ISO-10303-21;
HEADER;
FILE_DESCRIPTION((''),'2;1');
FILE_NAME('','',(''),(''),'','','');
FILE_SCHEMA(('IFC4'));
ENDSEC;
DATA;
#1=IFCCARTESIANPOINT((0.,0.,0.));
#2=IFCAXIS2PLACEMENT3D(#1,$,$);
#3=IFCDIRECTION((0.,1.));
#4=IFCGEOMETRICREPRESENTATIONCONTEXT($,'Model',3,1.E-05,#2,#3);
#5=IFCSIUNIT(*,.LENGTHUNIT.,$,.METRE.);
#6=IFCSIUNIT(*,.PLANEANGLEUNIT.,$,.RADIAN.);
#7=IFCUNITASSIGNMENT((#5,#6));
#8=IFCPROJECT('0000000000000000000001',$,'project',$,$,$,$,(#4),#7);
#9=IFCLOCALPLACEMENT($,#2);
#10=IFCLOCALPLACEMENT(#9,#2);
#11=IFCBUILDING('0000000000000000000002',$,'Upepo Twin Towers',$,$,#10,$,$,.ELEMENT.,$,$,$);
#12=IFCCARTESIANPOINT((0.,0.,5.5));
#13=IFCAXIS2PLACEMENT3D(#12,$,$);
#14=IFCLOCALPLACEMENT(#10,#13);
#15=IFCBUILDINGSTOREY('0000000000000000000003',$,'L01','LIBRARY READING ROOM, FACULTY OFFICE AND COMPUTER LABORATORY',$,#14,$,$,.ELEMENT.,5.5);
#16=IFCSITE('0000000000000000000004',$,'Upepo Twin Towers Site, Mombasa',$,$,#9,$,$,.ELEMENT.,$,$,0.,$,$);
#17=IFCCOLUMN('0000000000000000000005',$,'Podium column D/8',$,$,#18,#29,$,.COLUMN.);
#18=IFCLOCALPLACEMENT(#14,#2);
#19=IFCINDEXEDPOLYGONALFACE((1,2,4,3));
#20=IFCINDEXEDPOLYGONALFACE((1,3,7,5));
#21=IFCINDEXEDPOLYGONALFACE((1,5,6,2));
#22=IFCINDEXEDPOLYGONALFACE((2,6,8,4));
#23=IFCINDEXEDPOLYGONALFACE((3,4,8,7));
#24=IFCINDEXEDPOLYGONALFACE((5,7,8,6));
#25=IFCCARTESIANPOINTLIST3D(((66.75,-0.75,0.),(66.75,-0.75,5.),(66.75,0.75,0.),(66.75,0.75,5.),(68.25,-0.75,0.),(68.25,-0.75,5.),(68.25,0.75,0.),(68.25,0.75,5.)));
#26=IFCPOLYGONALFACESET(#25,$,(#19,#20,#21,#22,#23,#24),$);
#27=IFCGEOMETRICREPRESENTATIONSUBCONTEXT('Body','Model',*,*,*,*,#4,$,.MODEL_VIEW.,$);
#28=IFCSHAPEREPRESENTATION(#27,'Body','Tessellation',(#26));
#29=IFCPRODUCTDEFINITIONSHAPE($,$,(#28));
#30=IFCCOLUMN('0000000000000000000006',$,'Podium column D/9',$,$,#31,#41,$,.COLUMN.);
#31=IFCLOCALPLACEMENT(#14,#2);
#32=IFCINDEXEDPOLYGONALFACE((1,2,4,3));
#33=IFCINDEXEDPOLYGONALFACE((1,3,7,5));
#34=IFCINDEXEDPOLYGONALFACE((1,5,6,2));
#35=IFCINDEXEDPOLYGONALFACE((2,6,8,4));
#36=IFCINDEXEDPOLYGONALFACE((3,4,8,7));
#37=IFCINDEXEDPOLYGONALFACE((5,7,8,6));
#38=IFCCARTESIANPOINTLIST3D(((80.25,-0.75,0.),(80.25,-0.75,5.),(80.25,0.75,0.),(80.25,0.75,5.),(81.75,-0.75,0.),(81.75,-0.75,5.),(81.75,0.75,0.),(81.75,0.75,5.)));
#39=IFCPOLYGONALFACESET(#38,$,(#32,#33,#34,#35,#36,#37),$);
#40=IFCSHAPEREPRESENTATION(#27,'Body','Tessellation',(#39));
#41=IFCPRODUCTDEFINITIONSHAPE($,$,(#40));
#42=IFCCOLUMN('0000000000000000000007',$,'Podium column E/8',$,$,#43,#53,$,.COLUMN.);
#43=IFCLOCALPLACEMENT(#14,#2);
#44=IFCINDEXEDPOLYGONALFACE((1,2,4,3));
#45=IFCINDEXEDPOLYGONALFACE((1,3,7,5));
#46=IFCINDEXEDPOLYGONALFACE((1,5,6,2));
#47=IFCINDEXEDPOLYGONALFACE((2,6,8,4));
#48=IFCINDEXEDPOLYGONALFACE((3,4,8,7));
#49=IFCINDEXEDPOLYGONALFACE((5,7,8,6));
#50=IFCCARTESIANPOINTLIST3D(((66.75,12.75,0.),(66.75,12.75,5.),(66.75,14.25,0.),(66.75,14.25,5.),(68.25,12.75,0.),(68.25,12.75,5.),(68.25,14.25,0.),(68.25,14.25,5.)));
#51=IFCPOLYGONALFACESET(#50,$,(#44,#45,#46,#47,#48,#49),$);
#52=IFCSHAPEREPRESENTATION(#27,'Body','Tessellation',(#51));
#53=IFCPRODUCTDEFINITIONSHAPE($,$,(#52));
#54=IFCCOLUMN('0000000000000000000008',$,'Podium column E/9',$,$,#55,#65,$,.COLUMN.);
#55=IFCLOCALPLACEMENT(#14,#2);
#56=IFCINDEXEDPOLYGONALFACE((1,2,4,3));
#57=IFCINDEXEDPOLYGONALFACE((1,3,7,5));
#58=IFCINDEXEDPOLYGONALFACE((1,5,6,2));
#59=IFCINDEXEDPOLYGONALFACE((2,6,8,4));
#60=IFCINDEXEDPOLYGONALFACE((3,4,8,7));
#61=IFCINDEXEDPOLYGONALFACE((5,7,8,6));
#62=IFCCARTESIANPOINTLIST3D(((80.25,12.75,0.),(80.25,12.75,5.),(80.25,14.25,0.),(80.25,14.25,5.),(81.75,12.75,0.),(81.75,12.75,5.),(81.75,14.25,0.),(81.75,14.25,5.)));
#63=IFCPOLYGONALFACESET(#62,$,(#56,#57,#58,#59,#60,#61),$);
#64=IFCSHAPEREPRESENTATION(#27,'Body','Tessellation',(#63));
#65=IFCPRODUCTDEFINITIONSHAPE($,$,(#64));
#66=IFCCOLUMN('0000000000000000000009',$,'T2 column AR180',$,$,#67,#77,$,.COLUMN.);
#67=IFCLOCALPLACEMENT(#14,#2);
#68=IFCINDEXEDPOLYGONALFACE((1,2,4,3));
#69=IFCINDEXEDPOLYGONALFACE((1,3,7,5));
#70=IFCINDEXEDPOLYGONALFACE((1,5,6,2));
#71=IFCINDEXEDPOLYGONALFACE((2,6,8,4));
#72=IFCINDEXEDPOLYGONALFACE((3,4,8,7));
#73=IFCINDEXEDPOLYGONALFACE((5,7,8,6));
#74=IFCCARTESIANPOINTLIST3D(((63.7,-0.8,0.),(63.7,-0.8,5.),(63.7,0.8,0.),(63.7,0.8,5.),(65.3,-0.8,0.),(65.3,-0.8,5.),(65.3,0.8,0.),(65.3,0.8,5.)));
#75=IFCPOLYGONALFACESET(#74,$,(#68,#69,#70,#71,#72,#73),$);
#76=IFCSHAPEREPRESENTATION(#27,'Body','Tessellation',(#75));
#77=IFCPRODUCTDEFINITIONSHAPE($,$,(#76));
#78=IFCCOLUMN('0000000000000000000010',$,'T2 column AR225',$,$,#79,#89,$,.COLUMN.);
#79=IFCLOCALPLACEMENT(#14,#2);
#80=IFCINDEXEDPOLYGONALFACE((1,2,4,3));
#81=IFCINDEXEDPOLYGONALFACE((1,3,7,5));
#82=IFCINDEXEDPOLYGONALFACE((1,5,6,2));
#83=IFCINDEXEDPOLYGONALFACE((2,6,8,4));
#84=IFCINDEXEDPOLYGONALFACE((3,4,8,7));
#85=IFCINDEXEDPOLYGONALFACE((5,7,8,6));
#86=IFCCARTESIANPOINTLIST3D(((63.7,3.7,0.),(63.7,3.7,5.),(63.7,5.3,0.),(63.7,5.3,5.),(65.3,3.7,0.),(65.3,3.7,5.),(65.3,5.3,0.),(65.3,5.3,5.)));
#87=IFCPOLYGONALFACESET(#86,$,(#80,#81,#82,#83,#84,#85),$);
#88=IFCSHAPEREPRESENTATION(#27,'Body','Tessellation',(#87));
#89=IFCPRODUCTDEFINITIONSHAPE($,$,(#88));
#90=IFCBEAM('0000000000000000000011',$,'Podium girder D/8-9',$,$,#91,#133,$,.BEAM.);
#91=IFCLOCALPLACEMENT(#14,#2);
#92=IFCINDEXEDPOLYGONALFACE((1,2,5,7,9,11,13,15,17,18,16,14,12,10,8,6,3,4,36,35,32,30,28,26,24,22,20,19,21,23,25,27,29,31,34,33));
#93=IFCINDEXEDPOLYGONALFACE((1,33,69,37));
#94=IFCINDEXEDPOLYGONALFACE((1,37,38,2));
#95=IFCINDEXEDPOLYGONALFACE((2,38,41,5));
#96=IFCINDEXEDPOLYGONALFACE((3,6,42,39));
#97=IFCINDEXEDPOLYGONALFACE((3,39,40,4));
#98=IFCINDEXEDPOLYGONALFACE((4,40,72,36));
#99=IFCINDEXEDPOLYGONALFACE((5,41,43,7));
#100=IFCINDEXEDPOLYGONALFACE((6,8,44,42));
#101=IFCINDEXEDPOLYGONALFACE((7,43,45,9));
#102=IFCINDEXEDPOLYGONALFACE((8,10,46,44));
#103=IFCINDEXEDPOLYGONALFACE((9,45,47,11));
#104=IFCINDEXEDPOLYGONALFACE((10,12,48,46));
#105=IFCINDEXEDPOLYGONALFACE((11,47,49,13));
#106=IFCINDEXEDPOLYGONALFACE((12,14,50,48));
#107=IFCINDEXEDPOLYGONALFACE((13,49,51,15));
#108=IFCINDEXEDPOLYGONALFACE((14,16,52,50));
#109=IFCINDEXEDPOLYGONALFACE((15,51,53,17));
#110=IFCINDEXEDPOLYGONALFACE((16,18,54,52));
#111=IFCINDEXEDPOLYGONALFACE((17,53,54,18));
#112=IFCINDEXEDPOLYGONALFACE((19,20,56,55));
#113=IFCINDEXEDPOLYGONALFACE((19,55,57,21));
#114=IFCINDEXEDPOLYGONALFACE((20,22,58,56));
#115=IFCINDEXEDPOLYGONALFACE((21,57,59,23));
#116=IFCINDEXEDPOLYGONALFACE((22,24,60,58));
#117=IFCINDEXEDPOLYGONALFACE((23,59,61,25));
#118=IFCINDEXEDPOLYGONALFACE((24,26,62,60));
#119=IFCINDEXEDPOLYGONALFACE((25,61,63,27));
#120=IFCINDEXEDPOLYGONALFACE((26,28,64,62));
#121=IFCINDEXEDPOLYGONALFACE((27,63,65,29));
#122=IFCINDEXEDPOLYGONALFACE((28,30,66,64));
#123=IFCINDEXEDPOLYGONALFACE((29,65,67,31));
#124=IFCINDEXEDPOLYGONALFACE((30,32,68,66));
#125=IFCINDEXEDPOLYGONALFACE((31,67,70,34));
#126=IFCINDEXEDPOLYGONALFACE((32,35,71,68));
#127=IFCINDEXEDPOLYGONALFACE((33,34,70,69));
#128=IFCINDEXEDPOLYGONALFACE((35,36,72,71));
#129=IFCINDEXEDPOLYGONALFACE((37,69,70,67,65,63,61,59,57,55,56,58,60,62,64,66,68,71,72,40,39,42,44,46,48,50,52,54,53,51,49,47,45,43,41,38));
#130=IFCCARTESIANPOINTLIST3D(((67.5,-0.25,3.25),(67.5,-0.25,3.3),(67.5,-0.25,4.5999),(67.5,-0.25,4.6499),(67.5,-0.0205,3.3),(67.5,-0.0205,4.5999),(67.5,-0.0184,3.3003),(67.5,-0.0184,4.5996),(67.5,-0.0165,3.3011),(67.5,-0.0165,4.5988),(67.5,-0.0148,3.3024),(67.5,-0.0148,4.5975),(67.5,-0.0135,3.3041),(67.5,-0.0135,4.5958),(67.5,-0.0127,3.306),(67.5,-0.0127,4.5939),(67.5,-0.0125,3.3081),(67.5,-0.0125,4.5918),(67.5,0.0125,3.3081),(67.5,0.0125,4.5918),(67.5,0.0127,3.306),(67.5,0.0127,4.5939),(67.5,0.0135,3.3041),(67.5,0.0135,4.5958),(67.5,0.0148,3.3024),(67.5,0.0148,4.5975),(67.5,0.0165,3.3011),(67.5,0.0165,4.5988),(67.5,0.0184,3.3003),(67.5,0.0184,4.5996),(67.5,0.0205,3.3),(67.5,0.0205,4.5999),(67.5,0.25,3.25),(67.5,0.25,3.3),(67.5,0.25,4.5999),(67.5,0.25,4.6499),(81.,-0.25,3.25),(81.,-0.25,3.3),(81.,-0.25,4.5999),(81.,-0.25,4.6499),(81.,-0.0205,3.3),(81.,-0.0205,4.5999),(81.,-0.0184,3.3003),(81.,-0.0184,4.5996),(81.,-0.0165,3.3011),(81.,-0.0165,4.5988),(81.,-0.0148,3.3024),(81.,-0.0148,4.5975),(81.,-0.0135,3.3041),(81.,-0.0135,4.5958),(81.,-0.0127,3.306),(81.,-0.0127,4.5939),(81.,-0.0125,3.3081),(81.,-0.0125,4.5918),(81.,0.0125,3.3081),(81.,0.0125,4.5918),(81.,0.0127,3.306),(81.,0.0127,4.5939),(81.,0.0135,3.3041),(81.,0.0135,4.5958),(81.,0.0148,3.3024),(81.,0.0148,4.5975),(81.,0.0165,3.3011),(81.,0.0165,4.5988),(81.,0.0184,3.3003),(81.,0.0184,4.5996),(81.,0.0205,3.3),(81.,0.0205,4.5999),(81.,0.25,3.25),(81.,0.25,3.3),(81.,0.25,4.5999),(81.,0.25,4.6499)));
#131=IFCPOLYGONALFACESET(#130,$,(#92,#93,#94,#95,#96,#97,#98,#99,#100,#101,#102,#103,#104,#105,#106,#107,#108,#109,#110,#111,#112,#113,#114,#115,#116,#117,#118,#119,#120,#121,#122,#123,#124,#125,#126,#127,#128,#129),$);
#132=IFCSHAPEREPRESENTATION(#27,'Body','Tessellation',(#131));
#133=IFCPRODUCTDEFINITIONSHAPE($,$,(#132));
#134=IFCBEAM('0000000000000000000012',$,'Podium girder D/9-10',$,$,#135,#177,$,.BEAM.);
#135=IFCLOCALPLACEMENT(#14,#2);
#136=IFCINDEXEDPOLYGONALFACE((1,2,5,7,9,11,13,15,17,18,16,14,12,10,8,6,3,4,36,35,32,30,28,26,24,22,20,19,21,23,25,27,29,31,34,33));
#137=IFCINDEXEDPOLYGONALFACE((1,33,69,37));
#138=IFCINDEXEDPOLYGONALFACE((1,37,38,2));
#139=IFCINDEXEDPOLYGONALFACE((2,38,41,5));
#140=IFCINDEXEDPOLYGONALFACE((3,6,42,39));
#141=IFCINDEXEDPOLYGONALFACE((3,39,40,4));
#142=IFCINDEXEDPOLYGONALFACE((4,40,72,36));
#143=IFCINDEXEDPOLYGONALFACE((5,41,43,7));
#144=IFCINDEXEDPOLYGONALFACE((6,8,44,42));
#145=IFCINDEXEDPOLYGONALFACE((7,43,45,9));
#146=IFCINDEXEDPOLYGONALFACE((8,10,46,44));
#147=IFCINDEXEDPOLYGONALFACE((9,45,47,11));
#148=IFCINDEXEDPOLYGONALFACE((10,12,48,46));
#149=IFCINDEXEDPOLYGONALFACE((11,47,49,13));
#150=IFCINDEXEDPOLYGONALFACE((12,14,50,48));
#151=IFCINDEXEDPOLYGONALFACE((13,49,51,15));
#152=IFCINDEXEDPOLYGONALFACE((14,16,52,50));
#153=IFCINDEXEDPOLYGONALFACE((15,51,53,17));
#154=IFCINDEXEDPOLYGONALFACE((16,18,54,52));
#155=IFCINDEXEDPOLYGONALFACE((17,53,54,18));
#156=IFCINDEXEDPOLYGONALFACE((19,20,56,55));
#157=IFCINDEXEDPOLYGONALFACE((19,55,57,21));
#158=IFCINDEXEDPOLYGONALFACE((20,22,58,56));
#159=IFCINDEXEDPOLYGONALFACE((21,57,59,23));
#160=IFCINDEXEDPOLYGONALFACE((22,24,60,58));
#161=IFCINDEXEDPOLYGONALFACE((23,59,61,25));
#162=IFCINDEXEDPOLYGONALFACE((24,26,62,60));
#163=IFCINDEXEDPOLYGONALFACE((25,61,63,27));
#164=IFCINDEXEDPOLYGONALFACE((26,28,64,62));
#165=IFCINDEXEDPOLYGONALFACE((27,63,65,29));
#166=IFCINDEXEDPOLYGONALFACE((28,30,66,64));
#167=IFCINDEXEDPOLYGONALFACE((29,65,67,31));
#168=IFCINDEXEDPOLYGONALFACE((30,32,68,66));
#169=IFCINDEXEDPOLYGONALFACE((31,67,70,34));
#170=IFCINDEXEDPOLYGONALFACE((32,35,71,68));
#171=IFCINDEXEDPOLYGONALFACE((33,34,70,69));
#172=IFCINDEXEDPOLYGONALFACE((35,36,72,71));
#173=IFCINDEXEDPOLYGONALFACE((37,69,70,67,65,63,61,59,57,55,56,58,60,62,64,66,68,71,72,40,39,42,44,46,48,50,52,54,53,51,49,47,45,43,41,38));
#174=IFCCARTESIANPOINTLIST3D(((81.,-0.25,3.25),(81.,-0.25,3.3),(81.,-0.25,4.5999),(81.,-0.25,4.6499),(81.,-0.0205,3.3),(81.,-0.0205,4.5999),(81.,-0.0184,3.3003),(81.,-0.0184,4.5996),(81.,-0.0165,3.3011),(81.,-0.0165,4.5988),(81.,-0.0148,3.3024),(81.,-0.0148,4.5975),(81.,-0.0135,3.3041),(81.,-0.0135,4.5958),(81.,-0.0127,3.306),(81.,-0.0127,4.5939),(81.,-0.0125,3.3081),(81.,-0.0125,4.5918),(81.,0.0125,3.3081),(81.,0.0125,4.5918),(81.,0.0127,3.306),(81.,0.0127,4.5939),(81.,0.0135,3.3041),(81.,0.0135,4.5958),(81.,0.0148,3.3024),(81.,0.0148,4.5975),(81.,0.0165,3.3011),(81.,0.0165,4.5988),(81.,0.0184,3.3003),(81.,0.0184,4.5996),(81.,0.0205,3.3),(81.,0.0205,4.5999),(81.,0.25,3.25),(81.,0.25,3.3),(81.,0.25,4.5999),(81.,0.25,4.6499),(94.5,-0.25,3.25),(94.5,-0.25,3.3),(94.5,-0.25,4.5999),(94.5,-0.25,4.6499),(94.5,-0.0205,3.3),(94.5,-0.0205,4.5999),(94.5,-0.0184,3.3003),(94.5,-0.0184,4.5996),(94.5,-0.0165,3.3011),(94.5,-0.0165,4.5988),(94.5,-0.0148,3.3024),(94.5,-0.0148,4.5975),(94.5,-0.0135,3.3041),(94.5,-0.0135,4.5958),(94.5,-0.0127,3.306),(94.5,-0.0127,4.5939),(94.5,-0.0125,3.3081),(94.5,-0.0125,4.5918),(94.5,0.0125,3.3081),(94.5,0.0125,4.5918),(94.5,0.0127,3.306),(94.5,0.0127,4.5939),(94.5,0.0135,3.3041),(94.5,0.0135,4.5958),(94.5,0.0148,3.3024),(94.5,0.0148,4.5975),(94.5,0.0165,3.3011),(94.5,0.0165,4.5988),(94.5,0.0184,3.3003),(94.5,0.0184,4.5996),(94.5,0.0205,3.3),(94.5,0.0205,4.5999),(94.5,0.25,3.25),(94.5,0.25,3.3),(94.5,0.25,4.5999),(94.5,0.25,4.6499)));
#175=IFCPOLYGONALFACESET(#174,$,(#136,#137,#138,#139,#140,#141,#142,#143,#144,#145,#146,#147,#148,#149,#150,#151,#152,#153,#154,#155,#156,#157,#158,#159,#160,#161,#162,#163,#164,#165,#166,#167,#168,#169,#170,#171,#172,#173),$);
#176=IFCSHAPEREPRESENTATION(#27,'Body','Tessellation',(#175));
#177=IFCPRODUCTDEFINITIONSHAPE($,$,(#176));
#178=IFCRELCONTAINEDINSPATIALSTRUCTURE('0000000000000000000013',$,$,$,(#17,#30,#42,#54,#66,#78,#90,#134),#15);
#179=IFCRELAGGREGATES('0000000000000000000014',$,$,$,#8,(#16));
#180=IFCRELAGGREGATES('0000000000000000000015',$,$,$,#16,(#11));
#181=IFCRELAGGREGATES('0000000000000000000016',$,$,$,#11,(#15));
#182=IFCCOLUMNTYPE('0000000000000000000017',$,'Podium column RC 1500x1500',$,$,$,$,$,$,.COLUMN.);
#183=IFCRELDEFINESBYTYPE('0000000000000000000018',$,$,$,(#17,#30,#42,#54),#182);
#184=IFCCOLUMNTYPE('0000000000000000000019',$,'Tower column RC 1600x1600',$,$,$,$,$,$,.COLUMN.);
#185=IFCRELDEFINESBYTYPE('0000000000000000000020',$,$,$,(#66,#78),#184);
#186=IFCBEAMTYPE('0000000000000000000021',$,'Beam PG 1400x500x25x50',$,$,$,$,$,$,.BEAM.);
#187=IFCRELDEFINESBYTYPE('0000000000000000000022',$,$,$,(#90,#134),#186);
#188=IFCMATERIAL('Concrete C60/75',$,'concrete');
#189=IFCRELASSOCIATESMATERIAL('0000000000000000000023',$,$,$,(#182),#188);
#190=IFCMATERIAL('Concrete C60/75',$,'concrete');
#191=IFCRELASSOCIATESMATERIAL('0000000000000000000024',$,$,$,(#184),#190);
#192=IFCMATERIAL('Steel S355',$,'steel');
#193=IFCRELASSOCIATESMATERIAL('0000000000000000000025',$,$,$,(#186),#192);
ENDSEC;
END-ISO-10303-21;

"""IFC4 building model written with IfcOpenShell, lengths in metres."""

from ifc_helpers import new_model, si_unit, direction, frame, origin, origin_2d, place, context, subcontext, project, spatial, rectangle, i_section, extrude, material, material_profile, profile_set, type_object, element, save


model = new_model("IFC4")

# Units and contexts
model_context = context("Model", 3, precision=1e-05, world=origin(), true_north=direction((0.0, 1.0)))
body_context = subcontext(model_context, "Body", "Model", "MODEL_VIEW")
ifc_project = project(units=[si_unit("LENGTHUNIT", "METRE"), si_unit("PLANEANGLEUNIT", "RADIAN")], contexts=[model_context])

# Site, building, storey
site_placement = place(None, origin())
site = spatial("IfcSite", under=ifc_project, at=site_placement, Name="Upepo Twin Towers Site, Mombasa", CompositionType="ELEMENT", RefElevation=0.0)
building_placement = place(site_placement, origin())
building = spatial("IfcBuilding", under=site, at=building_placement, Name="Upepo Twin Towers", CompositionType="ELEMENT")
storey_placement = place(building_placement, frame((0.0, 0.0, 5.5)))
storey = spatial("IfcBuildingStorey", under=building, at=storey_placement, Name="L01", Description="LIBRARY READING ROOM, FACULTY OFFICE AND COMPUTER LABORATORY", CompositionType="ELEMENT", Elevation=5.5)

# Columns
ifc_material_1 = material(Name="Concrete C60/75", Category="concrete")
ifc_material_profile_1 = material_profile(ifc_material_1, rectangle(XDim=1.5, YDim=1.5, at=origin_2d()), Name="RC 1500x1500")
ifc_profile_set_1 = profile_set([ifc_material_profile_1], Name="Concrete C60/75")
column_type_1 = type_object("IfcColumnType", Name="Podium column RC 1500x1500", PredefinedType="COLUMN", material=ifc_profile_set_1)
for number, where, z_axis, x_axis, name in (
    (1, (67.5, 0.0, 0.0), (0.0, 0.0, 1.0), (1.0, 0.0, 0.0), "Podium column D/8"),
    (2, (81.0, 0.0, 0.0), (0.0, 0.0, 1.0), (1.0, 0.0, 0.0), "Podium column D/9"),
    (3, (67.5, 13.5, 0.0), (0.0, 0.0, 1.0), (1.0, 0.0, 0.0), "Podium column E/8"),
    (4, (81.0, 13.5, 0.0), (0.0, 0.0, 1.0), (1.0, 0.0, 0.0), "Podium column E/9"),
):
    element("IfcColumn", number, at=place(storey_placement, frame(where, z_axis=z_axis, x_axis=x_axis)), inside=storey, type_object=column_type_1, Name=name, PredefinedType="COLUMN", context=body_context, shape_type="SweptSolid", body=[
        extrude(rectangle(XDim=1.5, YDim=1.5, at=origin_2d()), origin(), (0.0, 0.0, 1.0), 5.0),
    ])
ifc_material_2 = material(Name="Concrete C60/75", Category="concrete")
ifc_material_profile_2 = material_profile(ifc_material_2, rectangle(XDim=1.6001, YDim=1.6001, at=origin_2d()), Name="RC 1600x1600")
ifc_profile_set_2 = profile_set([ifc_material_profile_2], Name="Concrete C60/75")
column_type_2 = type_object("IfcColumnType", Name="Tower column RC 1600x1600", PredefinedType="COLUMN", material=ifc_profile_set_2)
for number, where, z_axis, x_axis, name in (
    (5, (64.5, 0.0, 0.0), (0.0, 0.0, 1.0), (1.0, 0.0, 0.0), "T2 column AR180"),
    (6, (64.5, 4.5, 0.0), (0.0, 0.0, 1.0), (1.0, 0.0, 0.0), "T2 column AR225"),
):
    element("IfcColumn", number, at=place(storey_placement, frame(where, z_axis=z_axis, x_axis=x_axis)), inside=storey, type_object=column_type_2, Name=name, PredefinedType="COLUMN", context=body_context, shape_type="SweptSolid", body=[
        extrude(rectangle(XDim=1.6001, YDim=1.6001, at=origin_2d()), origin(), (0.0, 0.0, 1.0), 5.0),
    ])

# Beams
ifc_material_3 = material(Name="Steel S355", Category="steel")
ifc_material_profile_3 = material_profile(ifc_material_3, i_section(OverallWidth=0.5, OverallDepth=1.3999, WebThickness=0.0249, FlangeThickness=0.05, FilletRadius=0.0081, at=origin_2d()), Name="PG 1400x500x25x50")
ifc_profile_set_3 = profile_set([ifc_material_profile_3], Name="Steel S355")
beam_type_1 = type_object("IfcBeamType", Name="Beam PG 1400x500x25x50", PredefinedType="BEAM", material=ifc_profile_set_3)
for number, where, z_axis, x_axis, name in (
    (7, (67.5, 0.0, 3.95), (1.0, 0.0, 0.0), (0.0, 1.0, 0.0), "Podium girder D/8-9"),
    (8, (81.0, 0.0, 3.95), (1.0, 0.0, 0.0), (0.0, 1.0, 0.0), "Podium girder D/9-10"),
):
    element("IfcBeam", number, at=place(storey_placement, frame(where, z_axis=z_axis, x_axis=x_axis)), inside=storey, type_object=beam_type_1, Name=name, PredefinedType="BEAM", context=body_context, shape_type="SweptSolid", body=[
        extrude(i_section(OverallWidth=0.5, OverallDepth=1.3999, WebThickness=0.0249, FlangeThickness=0.05, FilletRadius=0.0081, at=origin_2d()), origin(), (0.0, 0.0, 1.0), 13.5),
    ])

save(model, "model.ifc")
